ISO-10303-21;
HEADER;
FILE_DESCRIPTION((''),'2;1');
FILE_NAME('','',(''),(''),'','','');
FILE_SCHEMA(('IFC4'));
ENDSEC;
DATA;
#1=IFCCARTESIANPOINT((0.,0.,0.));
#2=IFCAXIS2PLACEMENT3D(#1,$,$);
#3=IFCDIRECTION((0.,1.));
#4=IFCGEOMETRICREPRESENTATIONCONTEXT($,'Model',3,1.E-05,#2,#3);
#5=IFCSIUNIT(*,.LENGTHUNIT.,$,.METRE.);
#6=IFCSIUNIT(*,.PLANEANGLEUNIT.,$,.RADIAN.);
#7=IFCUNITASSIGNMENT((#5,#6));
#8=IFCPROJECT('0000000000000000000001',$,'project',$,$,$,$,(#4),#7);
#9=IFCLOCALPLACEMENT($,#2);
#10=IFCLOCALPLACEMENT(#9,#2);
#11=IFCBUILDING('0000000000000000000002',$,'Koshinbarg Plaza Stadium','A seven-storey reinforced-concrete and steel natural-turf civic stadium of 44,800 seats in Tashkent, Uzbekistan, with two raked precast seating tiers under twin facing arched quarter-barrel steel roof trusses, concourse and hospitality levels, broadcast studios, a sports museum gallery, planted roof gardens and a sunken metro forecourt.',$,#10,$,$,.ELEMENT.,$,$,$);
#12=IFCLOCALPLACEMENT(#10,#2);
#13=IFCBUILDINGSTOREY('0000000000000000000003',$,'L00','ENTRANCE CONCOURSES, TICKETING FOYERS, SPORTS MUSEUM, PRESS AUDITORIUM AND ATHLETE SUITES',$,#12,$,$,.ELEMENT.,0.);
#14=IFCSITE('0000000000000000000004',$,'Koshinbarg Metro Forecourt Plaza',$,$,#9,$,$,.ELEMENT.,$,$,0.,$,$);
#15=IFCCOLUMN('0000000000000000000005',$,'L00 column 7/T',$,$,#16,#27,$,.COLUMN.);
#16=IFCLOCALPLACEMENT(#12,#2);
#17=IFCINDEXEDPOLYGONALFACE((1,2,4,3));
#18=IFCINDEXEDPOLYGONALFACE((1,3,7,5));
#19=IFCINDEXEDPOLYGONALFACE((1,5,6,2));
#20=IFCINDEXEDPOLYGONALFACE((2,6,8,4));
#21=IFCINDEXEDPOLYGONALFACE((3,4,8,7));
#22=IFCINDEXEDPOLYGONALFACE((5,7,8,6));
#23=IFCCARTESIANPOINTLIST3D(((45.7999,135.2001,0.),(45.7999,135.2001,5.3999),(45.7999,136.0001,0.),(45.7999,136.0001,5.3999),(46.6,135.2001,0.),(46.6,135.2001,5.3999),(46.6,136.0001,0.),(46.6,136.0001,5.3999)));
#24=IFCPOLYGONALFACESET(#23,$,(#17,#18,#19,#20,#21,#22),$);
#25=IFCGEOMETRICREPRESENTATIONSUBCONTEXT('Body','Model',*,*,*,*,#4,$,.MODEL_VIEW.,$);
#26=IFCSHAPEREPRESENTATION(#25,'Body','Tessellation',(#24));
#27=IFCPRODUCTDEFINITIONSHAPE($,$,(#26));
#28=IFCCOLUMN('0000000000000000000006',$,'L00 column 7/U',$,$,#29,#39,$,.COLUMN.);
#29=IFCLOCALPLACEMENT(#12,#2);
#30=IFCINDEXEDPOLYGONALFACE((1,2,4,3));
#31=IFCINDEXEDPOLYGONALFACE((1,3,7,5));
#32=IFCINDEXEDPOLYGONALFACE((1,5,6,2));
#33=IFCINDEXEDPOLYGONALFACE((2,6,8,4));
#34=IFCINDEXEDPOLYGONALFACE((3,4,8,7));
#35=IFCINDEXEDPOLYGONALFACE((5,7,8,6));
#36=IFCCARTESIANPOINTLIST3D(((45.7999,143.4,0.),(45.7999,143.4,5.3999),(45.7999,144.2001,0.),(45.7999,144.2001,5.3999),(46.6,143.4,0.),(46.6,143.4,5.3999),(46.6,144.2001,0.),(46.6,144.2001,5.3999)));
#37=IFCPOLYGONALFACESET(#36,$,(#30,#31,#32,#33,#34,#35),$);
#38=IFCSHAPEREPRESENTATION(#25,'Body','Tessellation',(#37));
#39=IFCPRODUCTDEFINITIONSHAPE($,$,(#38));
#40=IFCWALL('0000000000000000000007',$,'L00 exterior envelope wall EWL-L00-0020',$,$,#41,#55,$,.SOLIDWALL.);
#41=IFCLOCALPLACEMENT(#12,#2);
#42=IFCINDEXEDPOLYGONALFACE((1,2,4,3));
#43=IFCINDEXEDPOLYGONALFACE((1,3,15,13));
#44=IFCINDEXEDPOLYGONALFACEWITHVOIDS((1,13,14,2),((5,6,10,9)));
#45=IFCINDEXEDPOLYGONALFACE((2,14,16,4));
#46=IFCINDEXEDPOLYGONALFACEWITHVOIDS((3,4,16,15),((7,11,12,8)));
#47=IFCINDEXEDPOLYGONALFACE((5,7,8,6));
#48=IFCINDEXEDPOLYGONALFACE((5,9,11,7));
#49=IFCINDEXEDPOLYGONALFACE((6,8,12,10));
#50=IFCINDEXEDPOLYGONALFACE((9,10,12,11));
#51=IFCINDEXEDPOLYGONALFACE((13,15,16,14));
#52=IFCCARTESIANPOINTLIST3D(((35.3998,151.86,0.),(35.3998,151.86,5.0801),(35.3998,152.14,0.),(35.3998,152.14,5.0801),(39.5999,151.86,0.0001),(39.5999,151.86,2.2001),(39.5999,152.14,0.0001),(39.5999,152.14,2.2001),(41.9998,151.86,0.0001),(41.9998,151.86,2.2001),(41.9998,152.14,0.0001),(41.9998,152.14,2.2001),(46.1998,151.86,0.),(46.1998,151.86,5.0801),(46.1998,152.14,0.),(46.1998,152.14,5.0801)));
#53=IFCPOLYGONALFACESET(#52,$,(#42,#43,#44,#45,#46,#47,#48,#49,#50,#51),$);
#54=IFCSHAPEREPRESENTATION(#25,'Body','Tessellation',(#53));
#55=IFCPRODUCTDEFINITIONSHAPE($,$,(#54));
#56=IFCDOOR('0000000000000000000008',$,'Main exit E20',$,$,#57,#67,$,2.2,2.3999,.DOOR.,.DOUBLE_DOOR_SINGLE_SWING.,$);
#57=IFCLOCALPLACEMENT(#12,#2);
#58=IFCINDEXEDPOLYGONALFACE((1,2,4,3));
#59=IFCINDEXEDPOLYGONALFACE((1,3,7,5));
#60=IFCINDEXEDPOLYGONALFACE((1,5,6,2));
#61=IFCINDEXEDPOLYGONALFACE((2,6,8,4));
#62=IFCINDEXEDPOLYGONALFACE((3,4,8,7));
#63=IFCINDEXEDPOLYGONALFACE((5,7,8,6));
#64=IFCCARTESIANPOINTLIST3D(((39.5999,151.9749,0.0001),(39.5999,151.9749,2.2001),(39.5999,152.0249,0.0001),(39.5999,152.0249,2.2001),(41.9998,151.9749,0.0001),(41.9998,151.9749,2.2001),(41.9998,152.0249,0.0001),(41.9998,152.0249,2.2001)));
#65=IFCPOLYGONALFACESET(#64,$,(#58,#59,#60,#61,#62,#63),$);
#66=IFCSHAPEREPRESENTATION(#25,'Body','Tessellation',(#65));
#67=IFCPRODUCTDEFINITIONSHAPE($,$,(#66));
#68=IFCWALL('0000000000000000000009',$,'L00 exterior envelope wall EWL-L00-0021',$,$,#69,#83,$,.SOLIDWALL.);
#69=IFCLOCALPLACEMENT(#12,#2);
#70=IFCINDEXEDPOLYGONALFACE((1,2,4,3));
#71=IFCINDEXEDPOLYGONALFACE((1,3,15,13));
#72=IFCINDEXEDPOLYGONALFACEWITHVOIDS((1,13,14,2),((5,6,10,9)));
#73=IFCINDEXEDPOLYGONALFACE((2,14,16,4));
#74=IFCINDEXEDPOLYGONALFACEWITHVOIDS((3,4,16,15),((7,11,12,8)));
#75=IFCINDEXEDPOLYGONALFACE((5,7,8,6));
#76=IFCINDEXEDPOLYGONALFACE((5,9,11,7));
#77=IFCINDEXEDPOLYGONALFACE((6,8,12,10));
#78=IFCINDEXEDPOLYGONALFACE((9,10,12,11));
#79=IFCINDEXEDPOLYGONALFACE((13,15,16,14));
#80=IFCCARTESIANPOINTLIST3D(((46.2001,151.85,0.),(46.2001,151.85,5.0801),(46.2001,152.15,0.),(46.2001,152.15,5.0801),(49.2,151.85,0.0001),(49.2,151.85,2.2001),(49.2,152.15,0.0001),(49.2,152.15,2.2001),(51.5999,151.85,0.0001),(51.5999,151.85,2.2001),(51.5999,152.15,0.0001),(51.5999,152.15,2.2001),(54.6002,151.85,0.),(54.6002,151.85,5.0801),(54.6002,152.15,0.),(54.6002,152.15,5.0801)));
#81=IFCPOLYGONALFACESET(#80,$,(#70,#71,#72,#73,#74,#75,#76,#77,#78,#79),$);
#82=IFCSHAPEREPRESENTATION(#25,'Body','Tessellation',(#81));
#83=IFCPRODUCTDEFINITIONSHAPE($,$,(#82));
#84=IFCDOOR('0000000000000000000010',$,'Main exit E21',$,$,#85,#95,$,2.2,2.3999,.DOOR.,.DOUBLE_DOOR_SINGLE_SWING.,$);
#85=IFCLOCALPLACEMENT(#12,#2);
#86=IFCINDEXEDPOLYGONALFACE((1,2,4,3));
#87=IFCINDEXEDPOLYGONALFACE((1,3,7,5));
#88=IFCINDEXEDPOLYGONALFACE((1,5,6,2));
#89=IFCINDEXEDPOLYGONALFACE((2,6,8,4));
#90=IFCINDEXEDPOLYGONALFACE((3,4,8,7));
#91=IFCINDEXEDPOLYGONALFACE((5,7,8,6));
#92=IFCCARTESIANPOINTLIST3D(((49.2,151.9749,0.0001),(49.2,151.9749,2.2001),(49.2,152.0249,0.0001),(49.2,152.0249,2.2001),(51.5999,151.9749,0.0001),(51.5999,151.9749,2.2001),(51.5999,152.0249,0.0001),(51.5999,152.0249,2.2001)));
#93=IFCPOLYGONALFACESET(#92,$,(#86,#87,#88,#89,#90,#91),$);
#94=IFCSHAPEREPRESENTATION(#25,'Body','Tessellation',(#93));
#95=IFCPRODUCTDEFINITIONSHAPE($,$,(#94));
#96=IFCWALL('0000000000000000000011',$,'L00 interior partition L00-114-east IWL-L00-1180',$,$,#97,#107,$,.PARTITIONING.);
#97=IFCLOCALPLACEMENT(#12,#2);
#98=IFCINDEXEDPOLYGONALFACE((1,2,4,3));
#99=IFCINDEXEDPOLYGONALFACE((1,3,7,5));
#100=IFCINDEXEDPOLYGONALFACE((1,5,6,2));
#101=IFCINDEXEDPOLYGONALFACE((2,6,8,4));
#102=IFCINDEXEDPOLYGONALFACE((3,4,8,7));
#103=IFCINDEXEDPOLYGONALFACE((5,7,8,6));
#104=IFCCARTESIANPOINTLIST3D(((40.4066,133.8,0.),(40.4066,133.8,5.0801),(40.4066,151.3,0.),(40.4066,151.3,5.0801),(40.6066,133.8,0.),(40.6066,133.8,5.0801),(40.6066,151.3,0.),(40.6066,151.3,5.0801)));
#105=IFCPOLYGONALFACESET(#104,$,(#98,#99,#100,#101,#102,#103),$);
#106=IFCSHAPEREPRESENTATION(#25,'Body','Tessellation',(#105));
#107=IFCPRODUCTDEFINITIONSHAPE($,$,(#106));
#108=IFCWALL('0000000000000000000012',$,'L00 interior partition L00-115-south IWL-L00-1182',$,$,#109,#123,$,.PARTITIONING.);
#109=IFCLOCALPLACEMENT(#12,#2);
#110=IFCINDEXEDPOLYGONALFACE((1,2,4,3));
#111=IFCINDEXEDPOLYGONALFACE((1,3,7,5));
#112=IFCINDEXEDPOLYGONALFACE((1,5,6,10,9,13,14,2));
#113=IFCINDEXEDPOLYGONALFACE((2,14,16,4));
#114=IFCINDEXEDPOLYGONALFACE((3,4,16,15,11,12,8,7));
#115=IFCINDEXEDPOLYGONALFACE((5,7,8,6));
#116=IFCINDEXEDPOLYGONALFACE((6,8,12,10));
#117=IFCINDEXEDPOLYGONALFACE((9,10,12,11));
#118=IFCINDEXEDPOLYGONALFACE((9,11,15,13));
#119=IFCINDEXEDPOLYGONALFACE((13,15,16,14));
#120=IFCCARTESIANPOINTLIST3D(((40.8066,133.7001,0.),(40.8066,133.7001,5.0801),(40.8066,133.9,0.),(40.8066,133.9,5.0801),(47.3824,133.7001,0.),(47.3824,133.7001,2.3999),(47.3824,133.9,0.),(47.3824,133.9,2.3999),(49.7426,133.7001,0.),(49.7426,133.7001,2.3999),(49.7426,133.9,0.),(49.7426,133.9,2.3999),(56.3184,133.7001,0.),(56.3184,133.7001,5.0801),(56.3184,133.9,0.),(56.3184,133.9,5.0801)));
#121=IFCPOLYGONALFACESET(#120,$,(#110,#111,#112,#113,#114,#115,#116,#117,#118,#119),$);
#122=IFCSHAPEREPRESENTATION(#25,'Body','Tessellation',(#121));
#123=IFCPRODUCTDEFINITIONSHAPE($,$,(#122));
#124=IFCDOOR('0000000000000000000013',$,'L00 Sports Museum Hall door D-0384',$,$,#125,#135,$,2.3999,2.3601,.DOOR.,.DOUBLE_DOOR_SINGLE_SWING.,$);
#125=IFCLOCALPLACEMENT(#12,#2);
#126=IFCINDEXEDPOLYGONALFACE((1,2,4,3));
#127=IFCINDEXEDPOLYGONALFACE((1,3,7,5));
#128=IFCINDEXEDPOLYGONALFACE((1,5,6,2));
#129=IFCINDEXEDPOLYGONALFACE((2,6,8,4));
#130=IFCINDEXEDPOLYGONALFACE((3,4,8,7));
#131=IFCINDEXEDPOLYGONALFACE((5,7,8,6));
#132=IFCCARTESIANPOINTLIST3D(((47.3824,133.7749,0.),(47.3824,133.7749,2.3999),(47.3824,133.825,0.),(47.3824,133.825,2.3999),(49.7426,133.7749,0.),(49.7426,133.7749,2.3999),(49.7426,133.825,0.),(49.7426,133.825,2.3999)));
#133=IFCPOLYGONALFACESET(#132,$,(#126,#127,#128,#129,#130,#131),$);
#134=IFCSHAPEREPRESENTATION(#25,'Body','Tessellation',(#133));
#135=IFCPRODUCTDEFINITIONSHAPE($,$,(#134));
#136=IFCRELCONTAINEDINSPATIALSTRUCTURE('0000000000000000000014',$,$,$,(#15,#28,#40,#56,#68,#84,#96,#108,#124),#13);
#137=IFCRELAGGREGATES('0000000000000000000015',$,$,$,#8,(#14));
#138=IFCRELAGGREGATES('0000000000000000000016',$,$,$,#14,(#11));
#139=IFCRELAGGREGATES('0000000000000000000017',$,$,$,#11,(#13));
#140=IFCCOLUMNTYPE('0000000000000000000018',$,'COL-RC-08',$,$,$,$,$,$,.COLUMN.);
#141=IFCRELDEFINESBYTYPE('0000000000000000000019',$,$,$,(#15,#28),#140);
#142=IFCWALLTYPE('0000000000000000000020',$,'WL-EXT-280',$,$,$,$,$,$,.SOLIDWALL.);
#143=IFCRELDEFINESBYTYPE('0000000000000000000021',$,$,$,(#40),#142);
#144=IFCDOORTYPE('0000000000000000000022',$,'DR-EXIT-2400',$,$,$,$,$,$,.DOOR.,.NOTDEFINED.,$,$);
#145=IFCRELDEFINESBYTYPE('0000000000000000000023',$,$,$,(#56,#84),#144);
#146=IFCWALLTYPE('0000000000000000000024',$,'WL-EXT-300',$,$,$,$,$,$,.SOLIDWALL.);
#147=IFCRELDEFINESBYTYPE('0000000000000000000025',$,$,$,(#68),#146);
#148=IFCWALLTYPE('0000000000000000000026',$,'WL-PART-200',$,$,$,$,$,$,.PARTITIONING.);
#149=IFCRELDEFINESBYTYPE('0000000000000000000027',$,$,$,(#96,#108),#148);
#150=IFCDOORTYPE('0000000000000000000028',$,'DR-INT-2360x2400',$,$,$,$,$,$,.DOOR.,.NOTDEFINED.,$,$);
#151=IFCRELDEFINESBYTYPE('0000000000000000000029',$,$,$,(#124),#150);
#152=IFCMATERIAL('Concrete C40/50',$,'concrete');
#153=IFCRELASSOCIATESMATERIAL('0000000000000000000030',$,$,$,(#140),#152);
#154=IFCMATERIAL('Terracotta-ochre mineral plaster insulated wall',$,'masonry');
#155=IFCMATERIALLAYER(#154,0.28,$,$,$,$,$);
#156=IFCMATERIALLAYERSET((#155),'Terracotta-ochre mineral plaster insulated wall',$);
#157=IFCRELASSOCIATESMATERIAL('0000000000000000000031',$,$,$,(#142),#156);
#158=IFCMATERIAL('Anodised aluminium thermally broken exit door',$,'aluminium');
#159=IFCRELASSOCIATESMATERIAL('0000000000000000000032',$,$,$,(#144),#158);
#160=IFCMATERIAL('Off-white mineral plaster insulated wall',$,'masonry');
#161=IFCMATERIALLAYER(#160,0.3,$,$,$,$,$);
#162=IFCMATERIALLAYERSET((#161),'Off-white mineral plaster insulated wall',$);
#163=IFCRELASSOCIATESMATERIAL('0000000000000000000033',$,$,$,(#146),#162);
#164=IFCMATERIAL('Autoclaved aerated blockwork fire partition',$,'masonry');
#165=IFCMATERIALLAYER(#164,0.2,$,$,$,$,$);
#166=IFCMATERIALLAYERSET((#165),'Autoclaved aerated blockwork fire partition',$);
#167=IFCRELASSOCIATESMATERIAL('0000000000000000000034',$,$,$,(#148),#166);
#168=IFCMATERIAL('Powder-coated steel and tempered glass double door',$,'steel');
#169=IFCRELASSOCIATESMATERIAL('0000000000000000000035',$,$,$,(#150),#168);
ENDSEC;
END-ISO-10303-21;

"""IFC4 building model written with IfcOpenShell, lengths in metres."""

from ifc_helpers import new_model, si_unit, direction, frame, frame_2d, origin, origin_2d, place, context, subcontext, project, spatial, rectangle, extrude, material, layer, layer_set, material_profile, profile_set, type_object, element, fill, save


model = new_model("IFC4")

# Units and contexts
model_context = context("Model", 3, precision=1e-05, world=origin(), true_north=direction((0.0, 1.0)))
body_context = subcontext(model_context, "Body", "Model", "MODEL_VIEW")
ifc_project = project(units=[si_unit("LENGTHUNIT", "METRE"), si_unit("PLANEANGLEUNIT", "RADIAN")], contexts=[model_context])

# Site, building, storey
site_placement = place(None, origin())
site = spatial("IfcSite", under=ifc_project, at=site_placement, Name="Koshinbarg Metro Forecourt Plaza", CompositionType="ELEMENT", RefElevation=0.0)
building_placement = place(site_placement, origin())
building = spatial("IfcBuilding", under=site, at=building_placement, Name="Koshinbarg Plaza Stadium", Description="A seven-storey reinforced-concrete and steel natural-turf civic stadium of 44,800 seats in Tashkent, Uzbekistan, with two raked precast seating tiers under twin facing arched quarter-barrel steel roof trusses, concourse and hospitality levels, broadcast studios, a sports museum gallery, planted roof gardens and a sunken metro forecourt.", CompositionType="ELEMENT")
storey_placement = place(building_placement, origin())
storey = spatial("IfcBuildingStorey", under=building, at=storey_placement, Name="L00", Description="ENTRANCE CONCOURSES, TICKETING FOYERS, SPORTS MUSEUM, PRESS AUDITORIUM AND ATHLETE SUITES", CompositionType="ELEMENT", Elevation=0.0)

# Columns
ifc_material_1 = material(Name="Concrete C40/50", Category="concrete")
ifc_material_profile_1 = material_profile(ifc_material_1, rectangle(XDim=0.8, YDim=0.8, at=origin_2d()), Name="RC 800x800")
ifc_profile_set_1 = profile_set([ifc_material_profile_1], Name="Concrete C40/50")
column_type_1 = type_object("IfcColumnType", Name="COL-RC-08", PredefinedType="COLUMN", material=ifc_profile_set_1)
for number, where, z_axis, x_axis, name in (
    (1, (46.2, 135.6001, 0.0), (0.0, 0.0, 1.0), (1.0, 0.0, 0.0), "L00 column 7/T"),
    (2, (46.2, 143.8, 0.0), (0.0, 0.0, 1.0), (1.0, 0.0, 0.0), "L00 column 7/U"),
):
    element("IfcColumn", number, at=place(storey_placement, frame(where, z_axis=z_axis, x_axis=x_axis)), inside=storey, type_object=column_type_1, Name=name, PredefinedType="COLUMN", context=body_context, shape_type="SweptSolid", body=[
        extrude(rectangle(XDim=0.8, YDim=0.8, at=origin_2d()), origin(), (0.0, 0.0, 1.0), 5.3999),
    ])

# Walls, openings, doors
ifc_material_2 = material(Name="Terracotta-ochre mineral plaster insulated wall", Category="masonry")
ifc_layer_1 = layer(ifc_material_2, 0.28)
ifc_layer_set_1 = layer_set([ifc_layer_1], Name="Terracotta-ochre mineral plaster insulated wall")
wall_type_1 = type_object("IfcWallType", Name="WL-EXT-280", PredefinedType="SOLIDWALL", material=ifc_layer_set_1)
wall_1_placement = place(storey_placement, frame((35.3999, 152.0, 0.0), z_axis=(0.0, 0.0, 1.0), x_axis=(1.0, 0.0, 0.0)))
wall_1 = element("IfcWall", 3, at=wall_1_placement, inside=storey, type_object=wall_type_1, Name="L00 exterior envelope wall EWL-L00-0020", PredefinedType="SOLIDWALL", context=body_context, shape_type="SweptSolid", body=[
    extrude(rectangle(XDim=10.8, YDim=0.28, at=frame_2d((5.3999, 0.0))), origin(), (0.0, 0.0, 1.0), 5.0801),
])
opening_1_placement = place(wall_1_placement, frame((4.2, 0.0, 0.0)))
opening_1 = element("IfcOpeningElement", 4, at=opening_1_placement, cuts=wall_1, PredefinedType="OPENING", context=body_context, shape_type="SweptSolid", body=[
    extrude(rectangle(XDim=2.3999, YDim=2.2, at=frame_2d((1.2, 1.1001))), frame((0.0, 0.1499, 0.0), z_axis=(0.0, -1.0, 0.0), x_axis=(1.0, 0.0, 0.0)), (0.0, 0.0, 1.0), 0.3),
])
ifc_material_3 = material(Name="Anodised aluminium thermally broken exit door", Category="aluminium")
door_type_1 = type_object("IfcDoorType", Name="DR-EXIT-2400", OperationType="NOTDEFINED", PredefinedType="DOOR", material=ifc_material_3)
door_1_placement = place(opening_1_placement, origin())
door_1 = element("IfcDoor", 5, at=door_1_placement, inside=storey, type_object=door_type_1, Name="Main exit E20", OperationType="DOUBLE_DOOR_SINGLE_SWING", OverallHeight=2.2, OverallWidth=2.3999, PredefinedType="DOOR", context=body_context, shape_type="SweptSolid", body=[
    extrude(rectangle(XDim=2.3999, YDim=2.2, at=frame_2d((1.2, 1.1001))), frame((0.0, 0.0249, 0.0), z_axis=(0.0, -1.0, 0.0), x_axis=(1.0, 0.0, 0.0)), (0.0, 0.0, 1.0), 0.05),
])
fill(opening_1, door_1)
ifc_material_4 = material(Name="Off-white mineral plaster insulated wall", Category="masonry")
ifc_layer_2 = layer(ifc_material_4, 0.3)
ifc_layer_set_2 = layer_set([ifc_layer_2], Name="Off-white mineral plaster insulated wall")
wall_type_2 = type_object("IfcWallType", Name="WL-EXT-300", PredefinedType="SOLIDWALL", material=ifc_layer_set_2)
wall_2_placement = place(storey_placement, frame((46.2, 152.0, 0.0), z_axis=(0.0, 0.0, 1.0), x_axis=(1.0, 0.0, 0.0)))
wall_2 = element("IfcWall", 6, at=wall_2_placement, inside=storey, type_object=wall_type_2, Name="L00 exterior envelope wall EWL-L00-0021", PredefinedType="SOLIDWALL", context=body_context, shape_type="SweptSolid", body=[
    extrude(rectangle(XDim=8.4001, YDim=0.3, at=frame_2d((4.2002, 0.0))), origin(), (0.0, 0.0, 1.0), 5.0801),
])
opening_2_placement = place(wall_2_placement, frame((3.0, 0.0, 0.0)))
opening_2 = element("IfcOpeningElement", 7, at=opening_2_placement, cuts=wall_2, PredefinedType="OPENING", context=body_context, shape_type="SweptSolid", body=[
    extrude(rectangle(XDim=2.3999, YDim=2.2, at=frame_2d((1.2, 1.1001))), frame((0.0, 0.1599, 0.0), z_axis=(0.0, -1.0, 0.0), x_axis=(1.0, 0.0, 0.0)), (0.0, 0.0, 1.0), 0.3201),
])
door_2_placement = place(opening_2_placement, origin())
door_2 = element("IfcDoor", 8, at=door_2_placement, inside=storey, type_object=door_type_1, Name="Main exit E21", OperationType="DOUBLE_DOOR_SINGLE_SWING", OverallHeight=2.2, OverallWidth=2.3999, PredefinedType="DOOR", context=body_context, shape_type="SweptSolid", body=[
    extrude(rectangle(XDim=2.3999, YDim=2.2, at=frame_2d((1.2, 1.1001))), frame((0.0, 0.0249, 0.0), z_axis=(0.0, -1.0, 0.0), x_axis=(1.0, 0.0, 0.0)), (0.0, 0.0, 1.0), 0.05),
])
fill(opening_2, door_2)

# Wall
ifc_material_5 = material(Name="Autoclaved aerated blockwork fire partition", Category="masonry")
ifc_layer_3 = layer(ifc_material_5, 0.2)
ifc_layer_set_3 = layer_set([ifc_layer_3], Name="Autoclaved aerated blockwork fire partition")
wall_type_3 = type_object("IfcWallType", Name="WL-PART-200", PredefinedType="PARTITIONING", material=ifc_layer_set_3)
wall_3_placement = place(storey_placement, frame((40.5066, 133.8, 0.0), z_axis=(0.0, 0.0, 1.0), x_axis=(0.0, 1.0, 0.0)))
element("IfcWall", 9, at=wall_3_placement, inside=storey, type_object=wall_type_3, Name="L00 interior partition L00-114-east IWL-L00-1180", PredefinedType="PARTITIONING", context=body_context, shape_type="SweptSolid", body=[
    extrude(rectangle(XDim=17.5, YDim=0.2, at=frame_2d((8.75, 0.0))), origin(), (0.0, 0.0, 1.0), 5.0801),
])

# Wall, opening, door
wall_4_placement = place(storey_placement, frame((40.8066, 133.8, 0.0), z_axis=(0.0, 0.0, 1.0), x_axis=(1.0, 0.0, 0.0)))
wall_4 = element("IfcWall", 10, at=wall_4_placement, inside=storey, type_object=wall_type_3, Name="L00 interior partition L00-115-south IWL-L00-1182", PredefinedType="PARTITIONING", context=body_context, shape_type="SweptSolid", body=[
    extrude(rectangle(XDim=15.5117, YDim=0.2, at=frame_2d((7.7559, 0.0))), origin(), (0.0, 0.0, 1.0), 5.0801),
])
opening_3_placement = place(wall_4_placement, frame((6.5757, 0.0, 0.0)))
opening_3 = element("IfcOpeningElement", 11, at=opening_3_placement, cuts=wall_4, PredefinedType="OPENING", context=body_context, shape_type="SweptSolid", body=[
    extrude(rectangle(XDim=2.3601, YDim=2.3999, at=frame_2d((1.1802, 1.2))), frame((0.0, 0.1099, 0.0), z_axis=(0.0, -1.0, 0.0), x_axis=(1.0, 0.0, 0.0)), (0.0, 0.0, 1.0), 0.22),
])
ifc_material_6 = material(Name="Powder-coated steel and tempered glass double door", Category="steel")
door_type_2 = type_object("IfcDoorType", Name="DR-INT-2360x2400", OperationType="NOTDEFINED", PredefinedType="DOOR", material=ifc_material_6)
door_3_placement = place(opening_3_placement, origin())
door_3 = element("IfcDoor", 12, at=door_3_placement, inside=storey, type_object=door_type_2, Name="L00 Sports Museum Hall door D-0384", OperationType="DOUBLE_DOOR_SINGLE_SWING", OverallHeight=2.3999, OverallWidth=2.3601, PredefinedType="DOOR", context=body_context, shape_type="SweptSolid", body=[
    extrude(rectangle(XDim=2.3601, YDim=2.3999, at=frame_2d((1.1802, 1.2))), frame((0.0, 0.0249, 0.0), z_axis=(0.0, -1.0, 0.0), x_axis=(1.0, 0.0, 0.0)), (0.0, 0.0, 1.0), 0.05),
])
fill(opening_3, door_3)

save(model, "model.ifc")
